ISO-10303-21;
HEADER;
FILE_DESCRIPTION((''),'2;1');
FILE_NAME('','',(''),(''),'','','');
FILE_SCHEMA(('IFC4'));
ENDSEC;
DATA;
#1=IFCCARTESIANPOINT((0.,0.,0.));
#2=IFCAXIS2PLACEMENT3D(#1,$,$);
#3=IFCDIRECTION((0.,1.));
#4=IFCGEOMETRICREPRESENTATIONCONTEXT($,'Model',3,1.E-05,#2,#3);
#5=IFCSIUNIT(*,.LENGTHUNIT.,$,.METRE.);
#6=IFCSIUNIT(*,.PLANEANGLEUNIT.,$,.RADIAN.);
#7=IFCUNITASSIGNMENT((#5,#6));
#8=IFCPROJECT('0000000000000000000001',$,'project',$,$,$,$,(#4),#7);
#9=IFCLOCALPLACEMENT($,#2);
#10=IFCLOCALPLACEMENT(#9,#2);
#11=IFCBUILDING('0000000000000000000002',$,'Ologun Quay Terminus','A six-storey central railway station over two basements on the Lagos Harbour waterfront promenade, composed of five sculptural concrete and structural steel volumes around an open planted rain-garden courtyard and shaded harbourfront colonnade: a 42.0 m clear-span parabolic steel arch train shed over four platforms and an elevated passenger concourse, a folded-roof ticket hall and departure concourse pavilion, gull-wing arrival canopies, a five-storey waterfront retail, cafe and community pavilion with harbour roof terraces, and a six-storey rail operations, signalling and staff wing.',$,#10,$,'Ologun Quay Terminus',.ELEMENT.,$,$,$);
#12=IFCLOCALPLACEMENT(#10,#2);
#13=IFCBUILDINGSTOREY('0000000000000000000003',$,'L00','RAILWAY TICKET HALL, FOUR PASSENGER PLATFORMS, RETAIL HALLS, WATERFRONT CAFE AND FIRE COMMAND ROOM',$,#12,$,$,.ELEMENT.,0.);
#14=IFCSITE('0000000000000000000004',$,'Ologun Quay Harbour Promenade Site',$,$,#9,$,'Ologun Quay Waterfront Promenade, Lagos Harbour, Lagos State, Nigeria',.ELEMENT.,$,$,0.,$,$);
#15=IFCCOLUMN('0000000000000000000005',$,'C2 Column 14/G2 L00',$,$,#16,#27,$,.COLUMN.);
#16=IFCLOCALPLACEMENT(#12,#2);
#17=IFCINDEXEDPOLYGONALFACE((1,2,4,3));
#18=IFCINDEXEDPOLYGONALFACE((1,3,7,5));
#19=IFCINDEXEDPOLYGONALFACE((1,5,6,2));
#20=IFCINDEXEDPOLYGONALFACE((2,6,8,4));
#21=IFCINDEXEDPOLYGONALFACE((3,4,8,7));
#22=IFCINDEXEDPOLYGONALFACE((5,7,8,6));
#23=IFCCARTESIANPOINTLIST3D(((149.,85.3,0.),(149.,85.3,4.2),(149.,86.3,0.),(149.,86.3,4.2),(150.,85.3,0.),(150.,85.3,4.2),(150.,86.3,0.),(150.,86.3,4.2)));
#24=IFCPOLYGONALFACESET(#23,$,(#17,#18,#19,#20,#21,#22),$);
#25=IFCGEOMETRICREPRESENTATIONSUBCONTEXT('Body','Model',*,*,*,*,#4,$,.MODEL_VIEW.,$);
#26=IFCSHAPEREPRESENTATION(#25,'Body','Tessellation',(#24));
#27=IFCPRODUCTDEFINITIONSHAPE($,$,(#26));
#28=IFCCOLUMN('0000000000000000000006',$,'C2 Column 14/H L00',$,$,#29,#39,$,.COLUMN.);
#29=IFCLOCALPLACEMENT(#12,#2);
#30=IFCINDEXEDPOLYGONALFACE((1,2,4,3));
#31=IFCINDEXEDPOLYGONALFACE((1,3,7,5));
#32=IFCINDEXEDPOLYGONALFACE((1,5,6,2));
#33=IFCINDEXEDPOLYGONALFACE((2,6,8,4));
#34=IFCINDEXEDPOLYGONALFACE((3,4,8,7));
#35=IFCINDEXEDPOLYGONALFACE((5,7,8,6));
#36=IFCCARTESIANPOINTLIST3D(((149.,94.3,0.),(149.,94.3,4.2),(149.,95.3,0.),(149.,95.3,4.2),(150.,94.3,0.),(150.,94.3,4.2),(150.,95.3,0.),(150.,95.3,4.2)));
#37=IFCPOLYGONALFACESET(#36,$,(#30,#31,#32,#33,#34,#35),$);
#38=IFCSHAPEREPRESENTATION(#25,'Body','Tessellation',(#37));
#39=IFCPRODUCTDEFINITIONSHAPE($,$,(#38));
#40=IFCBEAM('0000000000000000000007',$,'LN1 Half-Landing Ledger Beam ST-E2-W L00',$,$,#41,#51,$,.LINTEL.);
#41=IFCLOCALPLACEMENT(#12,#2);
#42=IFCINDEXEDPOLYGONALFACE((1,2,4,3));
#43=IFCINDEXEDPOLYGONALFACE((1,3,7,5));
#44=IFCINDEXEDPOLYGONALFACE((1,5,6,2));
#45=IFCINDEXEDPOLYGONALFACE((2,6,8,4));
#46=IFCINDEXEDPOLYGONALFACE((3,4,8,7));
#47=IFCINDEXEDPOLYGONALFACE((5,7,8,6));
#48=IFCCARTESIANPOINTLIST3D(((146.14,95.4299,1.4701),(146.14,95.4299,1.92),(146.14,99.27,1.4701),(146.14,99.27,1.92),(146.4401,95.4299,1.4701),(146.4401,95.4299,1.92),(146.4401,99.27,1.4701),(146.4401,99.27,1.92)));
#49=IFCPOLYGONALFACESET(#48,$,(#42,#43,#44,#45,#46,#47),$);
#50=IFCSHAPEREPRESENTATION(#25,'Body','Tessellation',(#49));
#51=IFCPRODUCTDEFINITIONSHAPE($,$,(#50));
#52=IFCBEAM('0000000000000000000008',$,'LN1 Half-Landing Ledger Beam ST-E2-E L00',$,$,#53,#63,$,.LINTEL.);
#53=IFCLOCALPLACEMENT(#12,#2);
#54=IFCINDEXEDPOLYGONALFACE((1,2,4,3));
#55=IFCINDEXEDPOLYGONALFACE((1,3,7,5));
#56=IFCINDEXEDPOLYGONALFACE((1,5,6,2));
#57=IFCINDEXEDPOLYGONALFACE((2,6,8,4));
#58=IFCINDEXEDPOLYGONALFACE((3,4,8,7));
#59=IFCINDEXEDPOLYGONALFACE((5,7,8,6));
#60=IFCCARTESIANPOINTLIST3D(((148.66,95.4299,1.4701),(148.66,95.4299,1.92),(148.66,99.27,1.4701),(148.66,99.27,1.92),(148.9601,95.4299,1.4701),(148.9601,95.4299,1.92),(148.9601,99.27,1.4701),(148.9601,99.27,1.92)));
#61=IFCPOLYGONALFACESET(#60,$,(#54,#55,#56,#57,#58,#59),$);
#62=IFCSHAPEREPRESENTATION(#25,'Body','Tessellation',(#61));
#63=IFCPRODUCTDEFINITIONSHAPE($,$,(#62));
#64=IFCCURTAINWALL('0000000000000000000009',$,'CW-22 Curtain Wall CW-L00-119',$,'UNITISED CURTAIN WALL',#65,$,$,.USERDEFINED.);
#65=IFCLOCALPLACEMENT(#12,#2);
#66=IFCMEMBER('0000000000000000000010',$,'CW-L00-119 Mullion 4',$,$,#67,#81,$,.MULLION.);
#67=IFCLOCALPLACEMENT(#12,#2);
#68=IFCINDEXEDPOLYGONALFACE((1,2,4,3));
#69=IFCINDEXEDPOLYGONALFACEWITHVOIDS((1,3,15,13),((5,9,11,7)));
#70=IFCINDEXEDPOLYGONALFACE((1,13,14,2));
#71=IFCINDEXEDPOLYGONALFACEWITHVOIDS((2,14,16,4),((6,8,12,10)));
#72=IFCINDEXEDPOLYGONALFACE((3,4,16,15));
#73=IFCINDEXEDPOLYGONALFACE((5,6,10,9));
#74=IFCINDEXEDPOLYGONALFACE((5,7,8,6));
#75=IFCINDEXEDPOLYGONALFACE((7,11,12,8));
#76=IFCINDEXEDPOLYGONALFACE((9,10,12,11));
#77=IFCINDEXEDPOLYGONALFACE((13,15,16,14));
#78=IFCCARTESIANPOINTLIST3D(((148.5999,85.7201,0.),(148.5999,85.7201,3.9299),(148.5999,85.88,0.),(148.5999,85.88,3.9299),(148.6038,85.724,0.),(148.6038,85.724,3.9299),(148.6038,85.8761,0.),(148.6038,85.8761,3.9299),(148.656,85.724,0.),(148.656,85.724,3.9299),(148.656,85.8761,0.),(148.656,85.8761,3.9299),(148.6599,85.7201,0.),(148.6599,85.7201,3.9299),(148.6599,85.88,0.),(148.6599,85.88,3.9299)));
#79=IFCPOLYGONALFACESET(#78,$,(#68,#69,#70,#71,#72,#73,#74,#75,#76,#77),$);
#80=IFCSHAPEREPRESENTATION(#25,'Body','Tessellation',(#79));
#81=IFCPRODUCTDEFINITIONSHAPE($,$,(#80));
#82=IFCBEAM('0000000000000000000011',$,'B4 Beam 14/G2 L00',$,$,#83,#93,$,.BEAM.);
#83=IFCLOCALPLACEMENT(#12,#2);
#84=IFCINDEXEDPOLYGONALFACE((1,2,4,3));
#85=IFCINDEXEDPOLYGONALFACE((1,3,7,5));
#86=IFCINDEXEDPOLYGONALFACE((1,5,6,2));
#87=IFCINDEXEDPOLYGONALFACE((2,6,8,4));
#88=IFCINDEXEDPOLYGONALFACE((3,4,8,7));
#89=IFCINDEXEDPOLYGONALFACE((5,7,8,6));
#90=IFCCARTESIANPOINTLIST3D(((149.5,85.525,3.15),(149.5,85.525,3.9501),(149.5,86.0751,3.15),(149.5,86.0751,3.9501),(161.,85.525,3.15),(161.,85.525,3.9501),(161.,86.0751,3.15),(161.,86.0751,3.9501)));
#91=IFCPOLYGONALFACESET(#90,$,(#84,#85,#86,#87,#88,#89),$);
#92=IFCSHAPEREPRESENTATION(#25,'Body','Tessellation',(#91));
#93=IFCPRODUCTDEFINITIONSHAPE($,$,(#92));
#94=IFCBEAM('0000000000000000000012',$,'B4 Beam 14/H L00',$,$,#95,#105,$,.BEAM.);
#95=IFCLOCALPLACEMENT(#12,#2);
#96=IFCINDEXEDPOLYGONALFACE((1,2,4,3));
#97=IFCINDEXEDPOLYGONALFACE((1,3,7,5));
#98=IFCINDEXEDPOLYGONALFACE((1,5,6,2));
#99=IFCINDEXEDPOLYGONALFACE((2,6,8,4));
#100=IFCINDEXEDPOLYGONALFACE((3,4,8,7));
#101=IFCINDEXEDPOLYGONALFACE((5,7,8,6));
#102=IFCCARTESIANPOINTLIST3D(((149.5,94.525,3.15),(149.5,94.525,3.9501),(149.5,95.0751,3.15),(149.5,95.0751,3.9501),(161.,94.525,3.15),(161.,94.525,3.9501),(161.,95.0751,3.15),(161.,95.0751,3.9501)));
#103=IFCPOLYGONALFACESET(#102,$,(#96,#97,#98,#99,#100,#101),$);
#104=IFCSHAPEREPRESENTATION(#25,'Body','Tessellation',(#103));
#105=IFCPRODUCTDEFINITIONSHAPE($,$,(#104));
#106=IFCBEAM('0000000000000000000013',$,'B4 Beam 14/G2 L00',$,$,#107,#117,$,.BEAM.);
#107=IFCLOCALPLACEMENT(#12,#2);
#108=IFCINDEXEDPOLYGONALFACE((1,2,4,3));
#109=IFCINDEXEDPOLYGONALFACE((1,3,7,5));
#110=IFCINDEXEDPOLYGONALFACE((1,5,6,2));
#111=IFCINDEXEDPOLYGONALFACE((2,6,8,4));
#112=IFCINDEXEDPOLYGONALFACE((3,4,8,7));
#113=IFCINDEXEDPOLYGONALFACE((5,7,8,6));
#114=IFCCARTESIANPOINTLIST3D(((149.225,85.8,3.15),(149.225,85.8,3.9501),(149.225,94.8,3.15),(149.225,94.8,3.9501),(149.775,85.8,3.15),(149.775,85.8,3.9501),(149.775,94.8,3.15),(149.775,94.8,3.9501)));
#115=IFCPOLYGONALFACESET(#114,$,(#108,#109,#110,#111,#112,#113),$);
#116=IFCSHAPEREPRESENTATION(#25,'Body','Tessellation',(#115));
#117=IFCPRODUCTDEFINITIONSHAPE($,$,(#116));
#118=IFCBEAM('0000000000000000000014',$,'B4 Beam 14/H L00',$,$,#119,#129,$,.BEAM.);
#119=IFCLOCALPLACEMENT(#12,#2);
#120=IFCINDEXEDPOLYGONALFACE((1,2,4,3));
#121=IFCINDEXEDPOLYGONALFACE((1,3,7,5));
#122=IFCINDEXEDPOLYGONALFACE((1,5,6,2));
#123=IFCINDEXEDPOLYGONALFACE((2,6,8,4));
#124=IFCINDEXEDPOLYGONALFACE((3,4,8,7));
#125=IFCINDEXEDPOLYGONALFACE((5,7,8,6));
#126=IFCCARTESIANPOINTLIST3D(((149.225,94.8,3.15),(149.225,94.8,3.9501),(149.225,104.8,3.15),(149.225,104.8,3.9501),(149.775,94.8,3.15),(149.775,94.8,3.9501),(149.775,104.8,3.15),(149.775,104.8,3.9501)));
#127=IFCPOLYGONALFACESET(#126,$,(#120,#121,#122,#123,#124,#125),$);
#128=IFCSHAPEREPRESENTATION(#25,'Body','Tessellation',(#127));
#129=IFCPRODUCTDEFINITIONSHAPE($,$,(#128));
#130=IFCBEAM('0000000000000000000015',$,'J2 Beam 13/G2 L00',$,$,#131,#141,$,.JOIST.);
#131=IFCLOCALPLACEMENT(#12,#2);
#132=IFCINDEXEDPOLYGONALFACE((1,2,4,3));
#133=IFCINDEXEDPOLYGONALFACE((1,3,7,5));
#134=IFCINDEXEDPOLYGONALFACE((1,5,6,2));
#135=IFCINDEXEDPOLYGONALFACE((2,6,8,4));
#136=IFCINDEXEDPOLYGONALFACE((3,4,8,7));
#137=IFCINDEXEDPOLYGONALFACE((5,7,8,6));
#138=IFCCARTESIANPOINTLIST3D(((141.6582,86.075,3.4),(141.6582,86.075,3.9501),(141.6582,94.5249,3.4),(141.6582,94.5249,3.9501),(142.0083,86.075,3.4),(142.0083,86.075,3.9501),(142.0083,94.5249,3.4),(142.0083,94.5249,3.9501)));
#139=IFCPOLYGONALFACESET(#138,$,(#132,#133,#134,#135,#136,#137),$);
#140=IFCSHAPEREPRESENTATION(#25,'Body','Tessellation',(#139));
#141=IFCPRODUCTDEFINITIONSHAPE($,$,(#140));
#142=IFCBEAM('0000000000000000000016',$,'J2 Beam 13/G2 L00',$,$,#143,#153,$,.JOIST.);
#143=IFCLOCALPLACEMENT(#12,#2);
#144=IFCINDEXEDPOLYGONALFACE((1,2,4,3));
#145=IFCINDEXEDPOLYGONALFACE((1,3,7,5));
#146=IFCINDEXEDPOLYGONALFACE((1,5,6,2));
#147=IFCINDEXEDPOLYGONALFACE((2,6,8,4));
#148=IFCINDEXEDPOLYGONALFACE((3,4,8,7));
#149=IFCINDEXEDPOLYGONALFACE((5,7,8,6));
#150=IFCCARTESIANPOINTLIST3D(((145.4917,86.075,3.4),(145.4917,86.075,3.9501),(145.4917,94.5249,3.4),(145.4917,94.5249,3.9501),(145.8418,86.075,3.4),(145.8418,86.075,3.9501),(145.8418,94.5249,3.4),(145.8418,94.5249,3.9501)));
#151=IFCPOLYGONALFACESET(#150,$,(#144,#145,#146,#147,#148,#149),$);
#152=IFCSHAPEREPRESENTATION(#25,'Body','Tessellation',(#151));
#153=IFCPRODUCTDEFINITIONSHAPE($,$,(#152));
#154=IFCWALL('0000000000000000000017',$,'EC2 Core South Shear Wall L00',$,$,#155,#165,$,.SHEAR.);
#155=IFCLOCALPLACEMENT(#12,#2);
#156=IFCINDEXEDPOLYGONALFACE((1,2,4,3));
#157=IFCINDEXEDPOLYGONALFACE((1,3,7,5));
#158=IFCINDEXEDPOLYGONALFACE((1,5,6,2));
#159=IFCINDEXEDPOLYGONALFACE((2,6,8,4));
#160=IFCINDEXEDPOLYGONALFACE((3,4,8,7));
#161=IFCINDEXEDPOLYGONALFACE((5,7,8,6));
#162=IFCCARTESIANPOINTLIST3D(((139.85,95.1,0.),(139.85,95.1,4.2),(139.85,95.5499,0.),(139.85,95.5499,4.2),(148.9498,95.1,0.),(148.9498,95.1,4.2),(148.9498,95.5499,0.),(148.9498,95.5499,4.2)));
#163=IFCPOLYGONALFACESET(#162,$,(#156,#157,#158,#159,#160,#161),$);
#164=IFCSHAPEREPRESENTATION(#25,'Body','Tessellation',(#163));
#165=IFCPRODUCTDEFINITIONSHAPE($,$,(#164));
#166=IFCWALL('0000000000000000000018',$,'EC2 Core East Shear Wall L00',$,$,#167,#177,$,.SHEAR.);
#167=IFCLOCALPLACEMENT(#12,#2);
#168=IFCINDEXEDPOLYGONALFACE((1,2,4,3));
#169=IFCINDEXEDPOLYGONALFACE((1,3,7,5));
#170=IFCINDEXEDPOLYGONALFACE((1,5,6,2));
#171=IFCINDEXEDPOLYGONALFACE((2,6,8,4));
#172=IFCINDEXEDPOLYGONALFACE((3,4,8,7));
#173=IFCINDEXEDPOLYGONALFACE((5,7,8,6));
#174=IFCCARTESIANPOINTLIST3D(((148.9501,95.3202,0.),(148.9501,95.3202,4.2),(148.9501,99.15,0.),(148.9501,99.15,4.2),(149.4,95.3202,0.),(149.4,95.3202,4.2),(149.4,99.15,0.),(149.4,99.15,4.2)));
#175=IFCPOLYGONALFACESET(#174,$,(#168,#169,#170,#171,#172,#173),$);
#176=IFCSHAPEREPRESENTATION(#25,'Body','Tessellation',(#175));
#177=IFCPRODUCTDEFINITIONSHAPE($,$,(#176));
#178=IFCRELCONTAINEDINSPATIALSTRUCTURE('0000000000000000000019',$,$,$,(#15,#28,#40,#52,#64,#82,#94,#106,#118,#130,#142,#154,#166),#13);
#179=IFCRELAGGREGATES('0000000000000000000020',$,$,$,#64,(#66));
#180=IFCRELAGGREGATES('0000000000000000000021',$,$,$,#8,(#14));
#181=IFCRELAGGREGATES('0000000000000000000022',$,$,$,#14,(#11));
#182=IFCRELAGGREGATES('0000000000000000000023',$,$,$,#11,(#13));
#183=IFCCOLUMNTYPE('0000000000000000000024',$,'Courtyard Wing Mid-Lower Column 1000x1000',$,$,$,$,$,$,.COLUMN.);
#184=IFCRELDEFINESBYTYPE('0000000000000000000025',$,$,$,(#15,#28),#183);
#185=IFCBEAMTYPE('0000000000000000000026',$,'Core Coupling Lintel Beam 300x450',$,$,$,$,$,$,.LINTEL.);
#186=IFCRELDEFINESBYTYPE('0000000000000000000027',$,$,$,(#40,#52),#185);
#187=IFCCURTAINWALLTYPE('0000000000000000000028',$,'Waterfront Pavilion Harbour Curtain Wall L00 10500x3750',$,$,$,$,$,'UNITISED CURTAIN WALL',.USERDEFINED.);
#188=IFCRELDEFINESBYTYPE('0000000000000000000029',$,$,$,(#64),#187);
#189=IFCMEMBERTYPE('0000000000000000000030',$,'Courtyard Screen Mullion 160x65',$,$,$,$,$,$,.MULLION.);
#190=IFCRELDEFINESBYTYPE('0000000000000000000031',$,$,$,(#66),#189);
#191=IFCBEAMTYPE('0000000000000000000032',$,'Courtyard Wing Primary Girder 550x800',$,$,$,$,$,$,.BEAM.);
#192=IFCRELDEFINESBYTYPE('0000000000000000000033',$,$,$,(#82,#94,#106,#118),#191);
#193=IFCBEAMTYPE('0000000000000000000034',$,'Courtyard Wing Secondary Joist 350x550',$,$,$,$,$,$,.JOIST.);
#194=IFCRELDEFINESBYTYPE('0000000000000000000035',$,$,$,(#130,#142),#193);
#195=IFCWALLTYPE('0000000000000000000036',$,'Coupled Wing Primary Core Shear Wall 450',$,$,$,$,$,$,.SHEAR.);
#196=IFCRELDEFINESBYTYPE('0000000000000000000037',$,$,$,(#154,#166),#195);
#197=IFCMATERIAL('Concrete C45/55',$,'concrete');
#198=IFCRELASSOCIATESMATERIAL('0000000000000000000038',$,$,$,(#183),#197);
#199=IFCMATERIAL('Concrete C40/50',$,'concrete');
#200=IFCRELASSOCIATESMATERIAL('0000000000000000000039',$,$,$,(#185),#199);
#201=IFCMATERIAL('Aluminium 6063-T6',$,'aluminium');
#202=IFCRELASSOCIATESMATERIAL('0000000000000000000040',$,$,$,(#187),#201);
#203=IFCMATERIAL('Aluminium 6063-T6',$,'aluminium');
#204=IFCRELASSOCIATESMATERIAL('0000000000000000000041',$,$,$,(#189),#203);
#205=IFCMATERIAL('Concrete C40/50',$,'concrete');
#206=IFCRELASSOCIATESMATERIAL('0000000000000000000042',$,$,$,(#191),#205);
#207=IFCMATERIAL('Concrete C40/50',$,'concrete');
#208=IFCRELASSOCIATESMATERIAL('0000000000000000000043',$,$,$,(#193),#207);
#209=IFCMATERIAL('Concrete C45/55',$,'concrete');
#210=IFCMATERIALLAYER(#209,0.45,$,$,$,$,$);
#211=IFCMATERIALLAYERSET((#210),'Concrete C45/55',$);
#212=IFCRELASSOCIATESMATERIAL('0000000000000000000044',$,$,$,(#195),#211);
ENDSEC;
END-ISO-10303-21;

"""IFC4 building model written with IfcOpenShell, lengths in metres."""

from ifc_helpers import new_model, si_unit, direction, frame, frame_2d, origin, origin_2d, place, context, subcontext, project, spatial, rectangle, hollow_rectangle, extrude, material, layer, layer_set, material_profile, profile_set, type_object, element, aggregate, save


model = new_model("IFC4")

# Units and contexts
model_context = context("Model", 3, precision=1e-05, world=origin(), true_north=direction((0.0, 1.0)))
body_context = subcontext(model_context, "Body", "Model", "MODEL_VIEW")
ifc_project = project(units=[si_unit("LENGTHUNIT", "METRE"), si_unit("PLANEANGLEUNIT", "RADIAN")], contexts=[model_context])

# Site, building, storey
site_placement = place(None, origin())
site = spatial("IfcSite", under=ifc_project, at=site_placement, Name="Ologun Quay Harbour Promenade Site", LongName="Ologun Quay Waterfront Promenade, Lagos Harbour, Lagos State, Nigeria", CompositionType="ELEMENT", RefElevation=0.0)
building_placement = place(site_placement, origin())
building = spatial("IfcBuilding", under=site, at=building_placement, Name="Ologun Quay Terminus", Description="A six-storey central railway station over two basements on the Lagos Harbour waterfront promenade, composed of five sculptural concrete and structural steel volumes around an open planted rain-garden courtyard and shaded harbourfront colonnade: a 42.0 m clear-span parabolic steel arch train shed over four platforms and an elevated passenger concourse, a folded-roof ticket hall and departure concourse pavilion, gull-wing arrival canopies, a five-storey waterfront retail, cafe and community pavilion with harbour roof terraces, and a six-storey rail operations, signalling and staff wing.", LongName="Ologun Quay Terminus", CompositionType="ELEMENT")
storey_placement = place(building_placement, origin())
storey = spatial("IfcBuildingStorey", under=building, at=storey_placement, Name="L00", Description="RAILWAY TICKET HALL, FOUR PASSENGER PLATFORMS, RETAIL HALLS, WATERFRONT CAFE AND FIRE COMMAND ROOM", CompositionType="ELEMENT", Elevation=0.0)

# Columns
ifc_material_1 = material(Name="Concrete C45/55", Category="concrete")
ifc_material_profile_1 = material_profile(ifc_material_1, rectangle(XDim=1.0, YDim=1.0, at=origin_2d()), Name="RC 1000x1000")
ifc_profile_set_1 = profile_set([ifc_material_profile_1], Name="Concrete C45/55")
column_type = type_object("IfcColumnType", Name="Courtyard Wing Mid-Lower Column 1000x1000", PredefinedType="COLUMN", material=ifc_profile_set_1)
for number, where, z_axis, x_axis, name in (
    (1, (149.5, 85.8, 0.0), (0.0, 0.0, 1.0), (1.0, 0.0, 0.0), "C2 Column 14/G2 L00"),
    (2, (149.5, 94.8, 0.0), (0.0, 0.0, 1.0), (1.0, 0.0, 0.0), "C2 Column 14/H L00"),
):
    element("IfcColumn", number, at=place(storey_placement, frame(where, z_axis=z_axis, x_axis=x_axis)), inside=storey, type_object=column_type, Name=name, PredefinedType="COLUMN", context=body_context, shape_type="SweptSolid", body=[
        extrude(rectangle(XDim=1.0, YDim=1.0, at=origin_2d()), origin(), (0.0, 0.0, 1.0), 4.2),
    ])

# Beams
ifc_material_2 = material(Name="Concrete C40/50", Category="concrete")
ifc_material_profile_2 = material_profile(ifc_material_2, rectangle(XDim=0.3, YDim=0.45, at=origin_2d()), Name="RC 300x450")
ifc_profile_set_2 = profile_set([ifc_material_profile_2], Name="Concrete C40/50")
beam_type_1 = type_object("IfcBeamType", Name="Core Coupling Lintel Beam 300x450", PredefinedType="LINTEL", material=ifc_profile_set_2)
for number, where, z_axis, x_axis, name in (
    (3, (146.29, 95.4299, 1.6951), (0.0, 1.0, 0.0), (-1.0, 0.0, 0.0), "LN1 Half-Landing Ledger Beam ST-E2-W L00"),
    (4, (148.8101, 95.4299, 1.6951), (0.0, 1.0, 0.0), (-1.0, 0.0, 0.0), "LN1 Half-Landing Ledger Beam ST-E2-E L00"),
):
    element("IfcBeam", number, at=place(storey_placement, frame(where, z_axis=z_axis, x_axis=x_axis)), inside=storey, type_object=beam_type_1, Name=name, PredefinedType="LINTEL", context=body_context, shape_type="SweptSolid", body=[
        extrude(rectangle(XDim=0.3, YDim=0.45, at=origin_2d()), origin(), (0.0, 0.0, 1.0), 3.8401),
    ])

# Curtain wall, member
ifc_material_3 = material(Name="Aluminium 6063-T6", Category="aluminium")
curtain_wall_type = type_object("IfcCurtainWallType", Name="Waterfront Pavilion Harbour Curtain Wall L00 10500x3750", ElementType="UNITISED CURTAIN WALL", PredefinedType="USERDEFINED", material=ifc_material_3)
curtain_wall_placement = place(storey_placement, origin())
curtain_wall = element("IfcCurtainWall", 5, at=curtain_wall_placement, inside=storey, type_object=curtain_wall_type, Name="CW-22 Curtain Wall CW-L00-119", ObjectType="UNITISED CURTAIN WALL", PredefinedType="USERDEFINED")
ifc_material_4 = material(Name="Aluminium 6063-T6", Category="aluminium")
ifc_material_profile_3 = material_profile(ifc_material_4, hollow_rectangle(XDim=0.0601, YDim=0.1599, WallThickness=0.0039, at=origin_2d()), Name="ALU 160x60x4")
ifc_profile_set_3 = profile_set([ifc_material_profile_3], Name="Aluminium 6063-T6")
member_type = type_object("IfcMemberType", Name="Courtyard Screen Mullion 160x65", PredefinedType="MULLION", material=ifc_profile_set_3)
member_placement = place(storey_placement, frame((148.6299, 85.8, 0.0), z_axis=(0.0, 0.0, 1.0), x_axis=(1.0, 0.0, 0.0)))
member = element("IfcMember", 6, at=member_placement, type_object=member_type, Name="CW-L00-119 Mullion 4", PredefinedType="MULLION", context=body_context, shape_type="SweptSolid", body=[
    extrude(hollow_rectangle(XDim=0.0601, YDim=0.1599, WallThickness=0.0039, at=origin_2d()), origin(), (0.0, 0.0, 1.0), 3.9299),
])
aggregate(curtain_wall, [member])

# Beams
ifc_material_5 = material(Name="Concrete C40/50", Category="concrete")
ifc_material_profile_4 = material_profile(ifc_material_5, rectangle(XDim=0.55, YDim=0.8, at=origin_2d()), Name="RC 550x800")
ifc_profile_set_4 = profile_set([ifc_material_profile_4], Name="Concrete C40/50")
beam_type_2 = type_object("IfcBeamType", Name="Courtyard Wing Primary Girder 550x800", PredefinedType="BEAM", material=ifc_profile_set_4)
for number, where, z_axis, x_axis, name in (
    (7, (149.5, 85.8, 3.55), (1.0, 0.0, 0.0), (0.0, 1.0, 0.0), "B4 Beam 14/G2 L00"),
    (8, (149.5, 94.8, 3.55), (1.0, 0.0, 0.0), (0.0, 1.0, 0.0), "B4 Beam 14/H L00"),
):
    element("IfcBeam", number, at=place(storey_placement, frame(where, z_axis=z_axis, x_axis=x_axis)), inside=storey, type_object=beam_type_2, Name=name, PredefinedType="BEAM", context=body_context, shape_type="SweptSolid", body=[
        extrude(rectangle(XDim=0.55, YDim=0.8, at=origin_2d()), origin(), (0.0, 0.0, 1.0), 11.5),
    ])
beam_1_placement = place(storey_placement, frame((149.5, 85.8, 3.55), z_axis=(0.0, 1.0, 0.0), x_axis=(-1.0, 0.0, 0.0)))
element("IfcBeam", 9, at=beam_1_placement, inside=storey, type_object=beam_type_2, Name="B4 Beam 14/G2 L00", PredefinedType="BEAM", context=body_context, shape_type="SweptSolid", body=[
    extrude(rectangle(XDim=0.55, YDim=0.8, at=origin_2d()), origin(), (0.0, 0.0, 1.0), 9.0),
])
beam_2_placement = place(storey_placement, frame((149.5, 94.8, 3.55), z_axis=(0.0, 1.0, 0.0), x_axis=(-1.0, 0.0, 0.0)))
element("IfcBeam", 10, at=beam_2_placement, inside=storey, type_object=beam_type_2, Name="B4 Beam 14/H L00", PredefinedType="BEAM", context=body_context, shape_type="SweptSolid", body=[
    extrude(rectangle(XDim=0.55, YDim=0.8, at=origin_2d()), origin(), (0.0, 0.0, 1.0), 10.0),
])
ifc_material_6 = material(Name="Concrete C40/50", Category="concrete")
ifc_material_profile_5 = material_profile(ifc_material_6, rectangle(XDim=0.3501, YDim=0.55, at=origin_2d()), Name="RC 350x550")
ifc_profile_set_5 = profile_set([ifc_material_profile_5], Name="Concrete C40/50")
beam_type_3 = type_object("IfcBeamType", Name="Courtyard Wing Secondary Joist 350x550", PredefinedType="JOIST", material=ifc_profile_set_5)
for number, where, z_axis, x_axis, name in (
    (11, (141.8333, 86.075, 3.675), (0.0, 1.0, 0.0), (-1.0, 0.0, 0.0), "J2 Beam 13/G2 L00"),
    (12, (145.6667, 86.075, 3.675), (0.0, 1.0, 0.0), (-1.0, 0.0, 0.0), "J2 Beam 13/G2 L00"),
):
    element("IfcBeam", number, at=place(storey_placement, frame(where, z_axis=z_axis, x_axis=x_axis)), inside=storey, type_object=beam_type_3, Name=name, PredefinedType="JOIST", context=body_context, shape_type="SweptSolid", body=[
        extrude(rectangle(XDim=0.3501, YDim=0.55, at=origin_2d()), origin(), (0.0, 0.0, 1.0), 8.45),
    ])

# Wall
ifc_material_7 = material(Name="Concrete C45/55", Category="concrete")
ifc_layer_1 = layer(ifc_material_7, 0.45)
ifc_layer_set_1 = layer_set([ifc_layer_1], Name="Concrete C45/55")
wall_type_1 = type_object("IfcWallType", Name="Coupled Wing Primary Core Shear Wall 450", PredefinedType="SHEAR", material=ifc_layer_set_1)
wall_1_placement = place(storey_placement, frame((139.8501, 95.325, 0.0), z_axis=(0.0, 0.0, 1.0), x_axis=(1.0, 0.0, 0.0)))
element("IfcWall", 13, at=wall_1_placement, inside=storey, type_object=wall_type_1, Name="EC2 Core South Shear Wall L00", PredefinedType="SHEAR", context=body_context, shape_type="SweptSolid", body=[
    extrude(rectangle(XDim=9.0999, YDim=0.45, at=frame_2d((4.5498, 0.0))), origin(), (0.0, 0.0, 1.0), 4.2),
])

# Wall
wall_2_placement = place(storey_placement, frame((149.175, 95.3201, 0.0), z_axis=(0.0, 0.0, 1.0), x_axis=(0.0, 1.0, 0.0)))
element("IfcWall", 14, at=wall_2_placement, inside=storey, type_object=wall_type_1, Name="EC2 Core East Shear Wall L00", PredefinedType="SHEAR", context=body_context, shape_type="SweptSolid", body=[
    extrude(rectangle(XDim=3.8298, YDim=0.45, at=frame_2d((1.915, 0.0))), origin(), (0.0, 0.0, 1.0), 4.2),
])

save(model, "model.ifc")
